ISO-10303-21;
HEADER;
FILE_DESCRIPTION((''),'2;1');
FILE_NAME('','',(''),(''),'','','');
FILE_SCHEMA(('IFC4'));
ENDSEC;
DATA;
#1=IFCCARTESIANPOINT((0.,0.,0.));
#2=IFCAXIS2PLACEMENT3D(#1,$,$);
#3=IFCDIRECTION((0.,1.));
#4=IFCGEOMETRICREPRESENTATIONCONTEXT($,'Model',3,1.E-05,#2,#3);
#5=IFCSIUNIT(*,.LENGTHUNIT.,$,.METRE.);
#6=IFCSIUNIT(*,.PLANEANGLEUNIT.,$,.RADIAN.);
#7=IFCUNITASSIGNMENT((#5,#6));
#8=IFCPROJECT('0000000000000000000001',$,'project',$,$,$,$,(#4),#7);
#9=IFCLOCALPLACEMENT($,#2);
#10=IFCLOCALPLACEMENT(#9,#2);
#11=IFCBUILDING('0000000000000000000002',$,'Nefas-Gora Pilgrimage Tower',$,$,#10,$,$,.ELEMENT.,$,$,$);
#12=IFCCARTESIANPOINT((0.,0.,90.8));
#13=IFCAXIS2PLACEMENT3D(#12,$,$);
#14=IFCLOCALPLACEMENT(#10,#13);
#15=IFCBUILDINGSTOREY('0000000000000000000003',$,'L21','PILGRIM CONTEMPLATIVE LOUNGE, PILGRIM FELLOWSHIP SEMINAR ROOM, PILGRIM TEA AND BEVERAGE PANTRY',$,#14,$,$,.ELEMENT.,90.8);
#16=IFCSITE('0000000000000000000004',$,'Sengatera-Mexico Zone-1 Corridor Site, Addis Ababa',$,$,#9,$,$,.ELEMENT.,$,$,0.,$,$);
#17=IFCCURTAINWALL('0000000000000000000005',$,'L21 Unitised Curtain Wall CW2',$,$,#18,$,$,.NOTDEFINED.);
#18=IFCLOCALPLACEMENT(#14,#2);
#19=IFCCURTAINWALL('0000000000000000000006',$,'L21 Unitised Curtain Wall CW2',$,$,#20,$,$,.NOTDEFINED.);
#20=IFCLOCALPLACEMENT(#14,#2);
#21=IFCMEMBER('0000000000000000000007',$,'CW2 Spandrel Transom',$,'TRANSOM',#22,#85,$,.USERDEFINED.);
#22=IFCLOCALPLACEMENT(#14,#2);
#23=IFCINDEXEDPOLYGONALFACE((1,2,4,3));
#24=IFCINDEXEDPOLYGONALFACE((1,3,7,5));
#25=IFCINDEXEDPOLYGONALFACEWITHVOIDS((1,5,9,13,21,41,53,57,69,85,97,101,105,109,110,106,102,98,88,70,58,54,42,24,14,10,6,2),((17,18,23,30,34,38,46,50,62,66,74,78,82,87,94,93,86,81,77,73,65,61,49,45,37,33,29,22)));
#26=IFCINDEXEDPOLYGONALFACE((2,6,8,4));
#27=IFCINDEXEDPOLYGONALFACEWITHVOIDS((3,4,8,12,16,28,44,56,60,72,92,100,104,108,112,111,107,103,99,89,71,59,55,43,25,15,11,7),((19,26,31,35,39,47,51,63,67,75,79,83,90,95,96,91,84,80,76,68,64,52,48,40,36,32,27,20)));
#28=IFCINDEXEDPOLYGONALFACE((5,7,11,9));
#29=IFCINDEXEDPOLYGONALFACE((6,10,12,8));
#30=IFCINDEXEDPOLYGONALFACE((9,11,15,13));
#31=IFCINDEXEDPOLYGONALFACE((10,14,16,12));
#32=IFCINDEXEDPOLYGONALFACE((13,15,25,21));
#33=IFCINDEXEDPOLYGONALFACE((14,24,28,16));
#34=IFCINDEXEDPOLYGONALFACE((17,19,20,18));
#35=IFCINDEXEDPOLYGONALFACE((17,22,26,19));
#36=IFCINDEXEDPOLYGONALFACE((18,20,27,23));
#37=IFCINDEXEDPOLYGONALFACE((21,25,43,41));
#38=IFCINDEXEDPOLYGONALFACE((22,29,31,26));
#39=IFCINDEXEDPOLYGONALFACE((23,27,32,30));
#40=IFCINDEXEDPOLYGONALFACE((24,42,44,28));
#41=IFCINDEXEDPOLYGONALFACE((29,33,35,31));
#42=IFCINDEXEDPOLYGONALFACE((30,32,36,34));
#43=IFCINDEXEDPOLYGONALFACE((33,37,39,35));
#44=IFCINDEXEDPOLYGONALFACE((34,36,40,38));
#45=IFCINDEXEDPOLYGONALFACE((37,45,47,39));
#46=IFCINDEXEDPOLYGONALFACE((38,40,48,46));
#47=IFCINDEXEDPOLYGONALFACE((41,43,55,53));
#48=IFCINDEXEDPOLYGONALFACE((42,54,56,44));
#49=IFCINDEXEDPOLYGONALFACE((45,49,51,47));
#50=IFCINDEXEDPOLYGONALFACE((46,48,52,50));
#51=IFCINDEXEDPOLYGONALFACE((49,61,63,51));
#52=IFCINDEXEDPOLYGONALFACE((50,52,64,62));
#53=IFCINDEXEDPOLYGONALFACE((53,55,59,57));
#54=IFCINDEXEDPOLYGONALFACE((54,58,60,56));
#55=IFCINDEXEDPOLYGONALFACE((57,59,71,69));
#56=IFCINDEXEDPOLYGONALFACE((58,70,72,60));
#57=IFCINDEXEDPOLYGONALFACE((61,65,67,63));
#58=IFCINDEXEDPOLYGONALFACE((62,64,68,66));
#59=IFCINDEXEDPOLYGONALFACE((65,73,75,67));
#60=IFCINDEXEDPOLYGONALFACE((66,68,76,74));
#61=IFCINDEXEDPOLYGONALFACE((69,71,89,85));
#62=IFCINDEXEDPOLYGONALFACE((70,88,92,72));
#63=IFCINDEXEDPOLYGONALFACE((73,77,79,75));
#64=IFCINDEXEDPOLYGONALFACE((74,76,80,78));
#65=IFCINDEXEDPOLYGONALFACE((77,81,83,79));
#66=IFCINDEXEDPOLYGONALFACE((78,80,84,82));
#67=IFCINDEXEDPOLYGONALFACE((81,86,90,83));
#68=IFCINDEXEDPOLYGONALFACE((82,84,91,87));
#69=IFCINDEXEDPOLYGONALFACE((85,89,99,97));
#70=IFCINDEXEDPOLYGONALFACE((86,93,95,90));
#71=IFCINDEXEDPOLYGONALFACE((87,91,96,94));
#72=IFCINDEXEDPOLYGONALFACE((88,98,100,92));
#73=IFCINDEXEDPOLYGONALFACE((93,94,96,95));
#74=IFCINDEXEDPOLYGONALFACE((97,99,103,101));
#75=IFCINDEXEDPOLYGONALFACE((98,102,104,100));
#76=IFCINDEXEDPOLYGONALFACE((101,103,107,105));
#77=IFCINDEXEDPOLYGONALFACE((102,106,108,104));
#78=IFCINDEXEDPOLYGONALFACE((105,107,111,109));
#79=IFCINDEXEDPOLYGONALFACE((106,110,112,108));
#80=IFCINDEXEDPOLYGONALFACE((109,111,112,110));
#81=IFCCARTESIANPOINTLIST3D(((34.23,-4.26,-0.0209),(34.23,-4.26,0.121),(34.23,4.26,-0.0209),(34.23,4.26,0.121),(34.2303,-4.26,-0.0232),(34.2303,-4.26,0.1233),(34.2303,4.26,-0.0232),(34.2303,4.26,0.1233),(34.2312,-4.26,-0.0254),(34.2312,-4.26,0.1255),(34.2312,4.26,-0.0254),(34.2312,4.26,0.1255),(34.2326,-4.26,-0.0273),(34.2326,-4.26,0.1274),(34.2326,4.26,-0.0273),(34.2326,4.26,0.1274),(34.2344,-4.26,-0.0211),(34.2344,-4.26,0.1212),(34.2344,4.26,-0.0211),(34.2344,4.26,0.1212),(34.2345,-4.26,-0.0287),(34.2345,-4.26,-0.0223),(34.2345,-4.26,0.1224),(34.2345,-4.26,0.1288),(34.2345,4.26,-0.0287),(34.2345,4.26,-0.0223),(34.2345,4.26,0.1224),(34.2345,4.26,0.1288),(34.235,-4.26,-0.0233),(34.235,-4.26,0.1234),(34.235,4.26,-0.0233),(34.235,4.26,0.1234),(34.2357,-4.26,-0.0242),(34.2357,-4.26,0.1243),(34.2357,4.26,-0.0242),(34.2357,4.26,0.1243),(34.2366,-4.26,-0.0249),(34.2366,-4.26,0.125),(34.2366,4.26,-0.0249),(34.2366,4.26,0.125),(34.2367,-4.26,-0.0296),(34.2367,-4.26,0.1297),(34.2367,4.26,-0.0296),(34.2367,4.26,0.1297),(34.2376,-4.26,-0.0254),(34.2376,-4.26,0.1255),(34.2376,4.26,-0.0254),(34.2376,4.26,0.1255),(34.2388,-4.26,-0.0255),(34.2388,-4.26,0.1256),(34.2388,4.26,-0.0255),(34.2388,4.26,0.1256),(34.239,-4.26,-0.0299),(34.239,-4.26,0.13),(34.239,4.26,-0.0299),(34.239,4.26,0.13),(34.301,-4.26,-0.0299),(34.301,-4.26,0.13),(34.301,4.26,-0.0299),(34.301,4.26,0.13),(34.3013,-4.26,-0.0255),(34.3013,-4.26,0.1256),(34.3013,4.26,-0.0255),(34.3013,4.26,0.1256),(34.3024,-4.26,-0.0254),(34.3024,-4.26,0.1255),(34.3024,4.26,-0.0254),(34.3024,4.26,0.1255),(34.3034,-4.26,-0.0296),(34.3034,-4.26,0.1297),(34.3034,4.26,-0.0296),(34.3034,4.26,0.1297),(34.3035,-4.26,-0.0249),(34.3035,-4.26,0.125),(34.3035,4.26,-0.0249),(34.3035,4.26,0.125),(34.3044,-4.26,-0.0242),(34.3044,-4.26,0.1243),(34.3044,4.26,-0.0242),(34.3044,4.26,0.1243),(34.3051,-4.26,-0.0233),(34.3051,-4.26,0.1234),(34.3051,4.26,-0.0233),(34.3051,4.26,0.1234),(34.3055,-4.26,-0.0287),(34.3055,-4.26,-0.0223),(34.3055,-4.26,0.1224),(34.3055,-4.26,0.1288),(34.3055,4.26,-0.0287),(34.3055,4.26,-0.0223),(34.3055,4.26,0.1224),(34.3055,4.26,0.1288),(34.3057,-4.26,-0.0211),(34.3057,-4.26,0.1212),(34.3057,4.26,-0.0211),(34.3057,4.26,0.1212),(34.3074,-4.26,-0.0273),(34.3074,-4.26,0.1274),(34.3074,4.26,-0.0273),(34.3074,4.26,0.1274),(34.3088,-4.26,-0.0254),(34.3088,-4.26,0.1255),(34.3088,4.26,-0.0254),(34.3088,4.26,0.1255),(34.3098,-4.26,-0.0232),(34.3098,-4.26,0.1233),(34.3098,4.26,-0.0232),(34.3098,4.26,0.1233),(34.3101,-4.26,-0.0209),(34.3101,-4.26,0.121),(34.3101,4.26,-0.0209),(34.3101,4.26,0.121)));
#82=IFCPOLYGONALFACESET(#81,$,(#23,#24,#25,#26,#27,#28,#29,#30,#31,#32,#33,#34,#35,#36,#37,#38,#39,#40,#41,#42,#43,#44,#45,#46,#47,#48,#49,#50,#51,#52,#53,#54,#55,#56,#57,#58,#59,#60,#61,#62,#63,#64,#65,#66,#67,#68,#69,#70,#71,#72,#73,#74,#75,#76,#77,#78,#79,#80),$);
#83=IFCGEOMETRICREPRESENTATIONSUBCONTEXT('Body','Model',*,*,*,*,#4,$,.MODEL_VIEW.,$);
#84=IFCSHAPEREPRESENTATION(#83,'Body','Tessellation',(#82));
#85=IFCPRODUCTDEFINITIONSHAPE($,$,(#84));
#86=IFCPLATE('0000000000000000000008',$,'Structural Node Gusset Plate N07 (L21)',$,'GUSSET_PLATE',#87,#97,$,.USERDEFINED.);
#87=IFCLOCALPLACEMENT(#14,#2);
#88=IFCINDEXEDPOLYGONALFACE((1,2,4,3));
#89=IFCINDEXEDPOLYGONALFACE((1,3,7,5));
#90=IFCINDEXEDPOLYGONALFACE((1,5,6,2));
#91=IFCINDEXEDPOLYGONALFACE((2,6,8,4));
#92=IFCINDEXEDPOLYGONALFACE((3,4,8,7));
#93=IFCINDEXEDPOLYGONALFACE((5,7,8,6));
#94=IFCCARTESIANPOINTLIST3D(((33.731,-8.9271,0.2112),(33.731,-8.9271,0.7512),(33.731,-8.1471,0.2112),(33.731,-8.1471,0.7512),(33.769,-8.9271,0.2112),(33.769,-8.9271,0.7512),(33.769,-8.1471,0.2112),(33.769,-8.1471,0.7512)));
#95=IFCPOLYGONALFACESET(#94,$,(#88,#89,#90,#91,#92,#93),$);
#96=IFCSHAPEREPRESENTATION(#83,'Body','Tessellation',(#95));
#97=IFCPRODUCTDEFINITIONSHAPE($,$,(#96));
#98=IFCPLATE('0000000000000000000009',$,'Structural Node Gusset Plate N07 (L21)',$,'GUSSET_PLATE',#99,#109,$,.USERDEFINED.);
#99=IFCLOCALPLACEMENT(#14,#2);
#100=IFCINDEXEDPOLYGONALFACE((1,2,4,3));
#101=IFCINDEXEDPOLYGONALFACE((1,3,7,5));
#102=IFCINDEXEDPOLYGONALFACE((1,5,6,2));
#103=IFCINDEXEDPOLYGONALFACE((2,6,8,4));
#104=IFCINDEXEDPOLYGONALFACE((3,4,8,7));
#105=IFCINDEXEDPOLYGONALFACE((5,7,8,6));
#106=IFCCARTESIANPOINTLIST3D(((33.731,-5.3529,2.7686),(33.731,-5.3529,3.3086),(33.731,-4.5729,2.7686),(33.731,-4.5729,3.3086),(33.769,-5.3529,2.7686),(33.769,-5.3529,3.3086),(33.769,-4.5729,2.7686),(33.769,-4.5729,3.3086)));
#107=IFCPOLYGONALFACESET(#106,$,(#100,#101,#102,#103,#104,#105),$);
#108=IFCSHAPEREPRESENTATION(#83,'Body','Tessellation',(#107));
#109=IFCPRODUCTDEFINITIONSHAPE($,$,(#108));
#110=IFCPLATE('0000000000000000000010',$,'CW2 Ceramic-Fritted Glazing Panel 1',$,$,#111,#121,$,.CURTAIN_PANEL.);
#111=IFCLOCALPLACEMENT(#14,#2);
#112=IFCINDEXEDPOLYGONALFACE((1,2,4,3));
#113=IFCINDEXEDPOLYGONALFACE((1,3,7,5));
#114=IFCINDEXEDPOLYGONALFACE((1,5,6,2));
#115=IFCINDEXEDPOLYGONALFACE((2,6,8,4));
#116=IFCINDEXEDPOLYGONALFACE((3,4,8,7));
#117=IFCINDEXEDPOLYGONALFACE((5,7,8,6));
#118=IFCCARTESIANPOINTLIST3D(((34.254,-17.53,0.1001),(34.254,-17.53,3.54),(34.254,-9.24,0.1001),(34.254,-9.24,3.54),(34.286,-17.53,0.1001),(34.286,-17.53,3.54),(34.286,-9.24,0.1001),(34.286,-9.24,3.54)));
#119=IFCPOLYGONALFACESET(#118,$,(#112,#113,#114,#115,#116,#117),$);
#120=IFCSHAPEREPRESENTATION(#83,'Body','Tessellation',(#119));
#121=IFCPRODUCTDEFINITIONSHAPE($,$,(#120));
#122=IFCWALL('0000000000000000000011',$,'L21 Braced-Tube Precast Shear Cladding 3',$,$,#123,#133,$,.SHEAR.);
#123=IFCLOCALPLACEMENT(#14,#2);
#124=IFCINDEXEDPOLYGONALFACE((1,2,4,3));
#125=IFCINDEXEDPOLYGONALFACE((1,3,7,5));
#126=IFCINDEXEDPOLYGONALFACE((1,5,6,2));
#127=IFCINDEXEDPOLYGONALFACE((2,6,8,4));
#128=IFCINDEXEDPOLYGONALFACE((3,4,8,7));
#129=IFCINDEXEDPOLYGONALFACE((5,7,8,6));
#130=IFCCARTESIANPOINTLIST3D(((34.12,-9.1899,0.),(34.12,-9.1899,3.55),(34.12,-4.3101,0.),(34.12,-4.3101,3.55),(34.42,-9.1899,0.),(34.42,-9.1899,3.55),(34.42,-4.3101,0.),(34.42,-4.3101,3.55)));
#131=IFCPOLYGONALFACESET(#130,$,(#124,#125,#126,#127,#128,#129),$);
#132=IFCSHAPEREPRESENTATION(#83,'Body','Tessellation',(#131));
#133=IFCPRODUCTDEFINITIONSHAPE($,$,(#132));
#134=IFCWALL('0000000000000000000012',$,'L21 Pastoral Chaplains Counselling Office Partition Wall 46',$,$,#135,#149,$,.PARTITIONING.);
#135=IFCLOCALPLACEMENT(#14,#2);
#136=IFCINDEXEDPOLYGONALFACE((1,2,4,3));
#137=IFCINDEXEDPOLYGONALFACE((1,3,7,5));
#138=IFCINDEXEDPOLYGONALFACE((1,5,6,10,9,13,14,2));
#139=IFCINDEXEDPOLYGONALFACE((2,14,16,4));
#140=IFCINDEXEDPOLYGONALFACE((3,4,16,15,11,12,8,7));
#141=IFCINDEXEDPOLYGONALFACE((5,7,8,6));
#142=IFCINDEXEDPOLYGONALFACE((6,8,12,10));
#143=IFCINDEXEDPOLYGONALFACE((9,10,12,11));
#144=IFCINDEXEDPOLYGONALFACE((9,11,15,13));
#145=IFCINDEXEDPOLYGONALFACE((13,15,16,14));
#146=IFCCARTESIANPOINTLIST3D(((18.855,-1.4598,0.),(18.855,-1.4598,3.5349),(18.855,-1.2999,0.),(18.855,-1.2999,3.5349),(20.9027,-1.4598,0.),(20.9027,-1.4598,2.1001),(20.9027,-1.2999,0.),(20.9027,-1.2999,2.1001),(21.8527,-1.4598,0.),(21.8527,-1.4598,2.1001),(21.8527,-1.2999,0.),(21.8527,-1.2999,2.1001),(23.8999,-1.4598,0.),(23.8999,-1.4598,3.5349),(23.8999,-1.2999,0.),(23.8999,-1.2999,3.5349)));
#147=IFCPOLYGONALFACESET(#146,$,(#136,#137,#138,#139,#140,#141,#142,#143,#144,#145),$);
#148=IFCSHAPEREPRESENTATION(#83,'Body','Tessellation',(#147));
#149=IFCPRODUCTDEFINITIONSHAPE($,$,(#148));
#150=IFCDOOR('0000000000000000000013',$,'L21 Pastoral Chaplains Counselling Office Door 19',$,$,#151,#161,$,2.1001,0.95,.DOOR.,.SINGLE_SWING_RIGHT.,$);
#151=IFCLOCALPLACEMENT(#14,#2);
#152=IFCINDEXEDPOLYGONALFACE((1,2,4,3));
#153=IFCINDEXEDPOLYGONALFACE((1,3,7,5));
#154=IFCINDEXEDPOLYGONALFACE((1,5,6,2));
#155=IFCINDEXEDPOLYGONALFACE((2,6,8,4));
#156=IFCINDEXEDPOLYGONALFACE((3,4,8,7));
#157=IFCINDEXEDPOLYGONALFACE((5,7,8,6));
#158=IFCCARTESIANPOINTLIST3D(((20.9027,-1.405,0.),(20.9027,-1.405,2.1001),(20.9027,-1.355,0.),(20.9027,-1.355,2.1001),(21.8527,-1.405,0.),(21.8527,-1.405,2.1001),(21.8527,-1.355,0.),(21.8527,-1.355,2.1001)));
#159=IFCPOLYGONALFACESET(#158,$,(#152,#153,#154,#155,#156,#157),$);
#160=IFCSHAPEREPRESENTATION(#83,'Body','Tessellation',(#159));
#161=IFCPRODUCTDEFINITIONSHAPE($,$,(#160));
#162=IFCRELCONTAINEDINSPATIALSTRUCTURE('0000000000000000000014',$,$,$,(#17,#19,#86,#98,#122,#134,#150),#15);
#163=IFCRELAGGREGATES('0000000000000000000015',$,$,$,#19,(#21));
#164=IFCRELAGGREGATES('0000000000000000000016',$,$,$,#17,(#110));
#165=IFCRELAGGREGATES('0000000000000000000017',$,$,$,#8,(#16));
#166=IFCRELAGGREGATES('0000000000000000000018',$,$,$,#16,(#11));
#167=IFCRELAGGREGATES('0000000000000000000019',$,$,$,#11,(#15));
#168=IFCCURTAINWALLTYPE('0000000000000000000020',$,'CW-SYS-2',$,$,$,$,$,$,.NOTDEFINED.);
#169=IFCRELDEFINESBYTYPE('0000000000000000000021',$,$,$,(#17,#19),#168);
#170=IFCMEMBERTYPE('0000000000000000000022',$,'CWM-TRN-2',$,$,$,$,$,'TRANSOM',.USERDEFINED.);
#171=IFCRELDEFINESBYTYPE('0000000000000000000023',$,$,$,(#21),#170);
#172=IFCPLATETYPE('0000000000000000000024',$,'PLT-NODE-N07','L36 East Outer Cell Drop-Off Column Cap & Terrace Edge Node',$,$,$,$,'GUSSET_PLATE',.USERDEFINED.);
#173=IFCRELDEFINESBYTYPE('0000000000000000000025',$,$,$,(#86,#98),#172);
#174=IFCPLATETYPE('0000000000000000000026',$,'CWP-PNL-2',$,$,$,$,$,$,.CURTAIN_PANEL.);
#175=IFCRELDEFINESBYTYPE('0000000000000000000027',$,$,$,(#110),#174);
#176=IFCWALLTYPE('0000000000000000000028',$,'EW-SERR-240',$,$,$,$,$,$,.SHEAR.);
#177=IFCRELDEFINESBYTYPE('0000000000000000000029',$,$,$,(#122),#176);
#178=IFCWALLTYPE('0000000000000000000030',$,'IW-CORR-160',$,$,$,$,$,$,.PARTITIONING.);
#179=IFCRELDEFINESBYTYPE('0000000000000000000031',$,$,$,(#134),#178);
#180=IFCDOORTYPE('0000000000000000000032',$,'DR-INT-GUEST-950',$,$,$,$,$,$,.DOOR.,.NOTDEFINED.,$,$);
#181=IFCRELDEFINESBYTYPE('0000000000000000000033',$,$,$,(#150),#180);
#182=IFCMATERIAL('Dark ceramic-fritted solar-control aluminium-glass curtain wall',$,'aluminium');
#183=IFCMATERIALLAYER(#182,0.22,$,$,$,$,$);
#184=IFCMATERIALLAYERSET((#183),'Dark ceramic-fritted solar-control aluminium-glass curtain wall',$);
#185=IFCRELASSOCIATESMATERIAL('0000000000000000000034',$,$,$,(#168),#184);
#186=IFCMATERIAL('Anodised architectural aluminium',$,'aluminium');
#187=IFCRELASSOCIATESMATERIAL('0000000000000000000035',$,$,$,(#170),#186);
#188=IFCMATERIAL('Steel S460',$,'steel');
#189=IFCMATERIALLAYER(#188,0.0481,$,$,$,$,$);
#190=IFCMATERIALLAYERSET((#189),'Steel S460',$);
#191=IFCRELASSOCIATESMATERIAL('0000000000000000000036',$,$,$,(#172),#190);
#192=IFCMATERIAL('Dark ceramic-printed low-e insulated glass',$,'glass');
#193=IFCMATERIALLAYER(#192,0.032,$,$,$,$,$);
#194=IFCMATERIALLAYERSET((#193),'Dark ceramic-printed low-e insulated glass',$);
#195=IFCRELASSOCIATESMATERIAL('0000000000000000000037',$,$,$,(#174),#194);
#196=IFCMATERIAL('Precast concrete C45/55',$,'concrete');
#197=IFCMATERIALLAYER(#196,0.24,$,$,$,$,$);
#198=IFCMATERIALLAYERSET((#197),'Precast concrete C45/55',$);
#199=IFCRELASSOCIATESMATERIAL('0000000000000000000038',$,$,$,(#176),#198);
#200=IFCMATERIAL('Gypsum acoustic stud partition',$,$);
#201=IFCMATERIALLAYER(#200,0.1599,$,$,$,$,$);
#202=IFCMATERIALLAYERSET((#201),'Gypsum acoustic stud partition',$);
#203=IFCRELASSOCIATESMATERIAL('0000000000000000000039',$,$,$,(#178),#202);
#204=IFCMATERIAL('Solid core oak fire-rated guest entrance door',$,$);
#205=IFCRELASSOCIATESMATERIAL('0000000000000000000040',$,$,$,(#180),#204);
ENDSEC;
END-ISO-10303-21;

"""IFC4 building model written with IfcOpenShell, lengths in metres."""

from ifc_helpers import new_model, si_unit, direction, frame, frame_2d, origin, origin_2d, place, context, subcontext, project, spatial, rectangle, hollow_rectangle, extrude, source, transform, mapped, material, layer, layer_set, material_profile, profile_set, type_object, element, fill, aggregate, save


model = new_model("IFC4")

# Units and contexts
model_context = context("Model", 3, precision=1e-05, world=origin(), true_north=direction((0.0, 1.0)))
body_context = subcontext(model_context, "Body", "Model", "MODEL_VIEW")
ifc_project = project(units=[si_unit("LENGTHUNIT", "METRE"), si_unit("PLANEANGLEUNIT", "RADIAN")], contexts=[model_context])

# Site, building, storey
site_placement = place(None, origin())
site = spatial("IfcSite", under=ifc_project, at=site_placement, Name="Sengatera-Mexico Zone-1 Corridor Site, Addis Ababa", CompositionType="ELEMENT", RefElevation=0.0)
building_placement = place(site_placement, origin())
building = spatial("IfcBuilding", under=site, at=building_placement, Name="Nefas-Gora Pilgrimage Tower", CompositionType="ELEMENT")
storey_placement = place(building_placement, frame((0.0, 0.0, 90.8)))
storey = spatial("IfcBuildingStorey", under=building, at=storey_placement, Name="L21", Description="PILGRIM CONTEMPLATIVE LOUNGE, PILGRIM FELLOWSHIP SEMINAR ROOM, PILGRIM TEA AND BEVERAGE PANTRY", CompositionType="ELEMENT", Elevation=90.8)

# Shared definitions
ifc_material_1 = material(Name="Steel S460", Category="steel")

# Curtain wall
ifc_material_2 = material(Name="Dark ceramic-fritted solar-control aluminium-glass curtain wall", Category="aluminium")
ifc_layer_1 = layer(ifc_material_2, 0.22)
ifc_layer_set_1 = layer_set([ifc_layer_1], Name="Dark ceramic-fritted solar-control aluminium-glass curtain wall")
curtain_wall_type = type_object("IfcCurtainWallType", Name="CW-SYS-2", PredefinedType="NOTDEFINED", material=ifc_layer_set_1)
curtain_wall_1_placement = place(storey_placement, origin())
curtain_wall_1 = element("IfcCurtainWall", 1, at=curtain_wall_1_placement, inside=storey, type_object=curtain_wall_type, Name="L21 Unitised Curtain Wall CW2", PredefinedType="NOTDEFINED")
ifc_material_3 = material(Name="Anodised architectural aluminium", Category="aluminium")

# Curtain wall, member
curtain_wall_2_placement = place(storey_placement, origin())
curtain_wall_2 = element("IfcCurtainWall", 2, at=curtain_wall_2_placement, inside=storey, type_object=curtain_wall_type, Name="L21 Unitised Curtain Wall CW2", PredefinedType="NOTDEFINED")
ifc_material_profile_1 = material_profile(ifc_material_3, hollow_rectangle(XDim=0.0801, YDim=0.1599, WallThickness=0.0044, InnerFilletRadius=0.0044, OuterFilletRadius=0.009, at=origin_2d()), Name="ALU TRANSOM 80x160")
ifc_profile_set_1 = profile_set([ifc_material_profile_1], Name="Anodised architectural aluminium")
member_type_1 = type_object("IfcMemberType", Name="CWM-TRN-2", ElementType="TRANSOM", PredefinedType="USERDEFINED", material=ifc_profile_set_1)
shared_shape_1 = source(origin(), body_context, "Body", "SweptSolid", [
    extrude(hollow_rectangle(XDim=0.0801, YDim=0.1599, WallThickness=0.0044, InnerFilletRadius=0.0044, OuterFilletRadius=0.009, at=origin_2d()), origin(), (0.0, 0.0, 1.0), 8.52),
])
member_1_placement = place(storey_placement, frame((34.27, -4.26, 0.05), z_axis=(0.0, 1.0, 0.0), x_axis=(-1.0, 0.0, 0.0)))
member_1 = element("IfcMember", 3, at=member_1_placement, type_object=member_type_1, Name="CW2 Spandrel Transom", ObjectType="TRANSOM", PredefinedType="USERDEFINED", context=body_context, shape_type="MappedRepresentation", body=[
    mapped(shared_shape_1, transform((0.0, 0.0, 0.0), x_axis=(1.0, 0.0, 0.0), y_axis=(0.0, 1.0, 0.0), z_axis=(0.0, 0.0, 1.0), scale=1.0)),
])
aggregate(curtain_wall_2, [member_1])

# Plates
ifc_layer_2 = layer(ifc_material_1, 0.0481)
ifc_layer_set_2 = layer_set([ifc_layer_2], Name="Steel S460")
plate_type_1 = type_object("IfcPlateType", Name="PLT-NODE-N07", Description="L36 East Outer Cell Drop-Off Column Cap & Terrace Edge Node", ElementType="GUSSET_PLATE", PredefinedType="USERDEFINED", material=ifc_layer_set_2)
shared_shape_2 = source(origin(), body_context, "Body", "SweptSolid", [
    extrude(rectangle(XDim=0.78, YDim=0.0381, at=origin_2d()), origin(), (0.0, 0.0, 1.0), 0.54),
])
for number, where, z_axis, x_axis, name in (
    (4, (33.75, -8.5371, 0.2112), (0.0, 0.0, 1.0), (0.0, 1.0, 0.0), "Structural Node Gusset Plate N07 (L21)"),
    (5, (33.75, -4.9629, 2.7686), (0.0, 0.0, 1.0), (0.0, 1.0, 0.0), "Structural Node Gusset Plate N07 (L21)"),
):
    element("IfcPlate", number, at=place(storey_placement, frame(where, z_axis=z_axis, x_axis=x_axis)), inside=storey, type_object=plate_type_1, Name=name, ObjectType="GUSSET_PLATE", PredefinedType="USERDEFINED", context=body_context, shape_type="MappedRepresentation", body=[
        mapped(shared_shape_2, transform((0.0, 0.0, 0.0), x_axis=(1.0, 0.0, 0.0), y_axis=(0.0, 1.0, 0.0), z_axis=(0.0, 0.0, 1.0), scale=1.0)),
    ])

# Plate
ifc_material_4 = material(Name="Dark ceramic-printed low-e insulated glass", Category="glass")
ifc_layer_3 = layer(ifc_material_4, 0.032)
ifc_layer_set_3 = layer_set([ifc_layer_3], Name="Dark ceramic-printed low-e insulated glass")
plate_type_2 = type_object("IfcPlateType", Name="CWP-PNL-2", PredefinedType="CURTAIN_PANEL", material=ifc_layer_set_3)
shared_shape_3 = source(origin(), body_context, "Body", "SweptSolid", [
    extrude(rectangle(XDim=8.29, YDim=0.032, at=origin_2d()), origin(), (0.0, 0.0, 1.0), 3.4399),
])
plate_placement = place(storey_placement, frame((34.27, -13.385, 0.1001), z_axis=(0.0, 0.0, 1.0), x_axis=(0.0, 1.0, 0.0)))
plate = element("IfcPlate", 6, at=plate_placement, type_object=plate_type_2, Name="CW2 Ceramic-Fritted Glazing Panel 1", PredefinedType="CURTAIN_PANEL", context=body_context, shape_type="MappedRepresentation", body=[
    mapped(shared_shape_3, transform((0.0, 0.0, 0.0), x_axis=(1.0, 0.0, 0.0), y_axis=(0.0, 1.0, 0.0), z_axis=(0.0, 0.0, 1.0), scale=1.0)),
])
aggregate(curtain_wall_1, [plate])

# Wall
ifc_material_5 = material(Name="Precast concrete C45/55", Category="concrete")
ifc_layer_4 = layer(ifc_material_5, 0.24)
ifc_layer_set_4 = layer_set([ifc_layer_4], Name="Precast concrete C45/55")
wall_type_1 = type_object("IfcWallType", Name="EW-SERR-240", PredefinedType="SHEAR", material=ifc_layer_set_4)
shared_shape_4 = source(origin(), body_context, "Body", "SweptSolid", [
    extrude(rectangle(XDim=4.8799, YDim=0.3, at=frame_2d((2.4399, 0.0))), origin(), (0.0, 0.0, 1.0), 3.55),
])
wall_1_placement = place(storey_placement, frame((34.27, -9.1899, 0.0), z_axis=(0.0, 0.0, 1.0), x_axis=(0.0, 1.0, 0.0)))
element("IfcWall", 7, at=wall_1_placement, inside=storey, type_object=wall_type_1, Name="L21 Braced-Tube Precast Shear Cladding 3", PredefinedType="SHEAR", context=body_context, shape_type="MappedRepresentation", body=[
    mapped(shared_shape_4, transform((0.0, 0.0, 0.0), x_axis=(1.0, 0.0, 0.0), y_axis=(0.0, 1.0, 0.0), z_axis=(0.0, 0.0, 1.0), scale=1.0)),
])

# Wall, opening, door
ifc_material_6 = material(Name="Gypsum acoustic stud partition")
ifc_layer_5 = layer(ifc_material_6, 0.1599)
ifc_layer_set_5 = layer_set([ifc_layer_5], Name="Gypsum acoustic stud partition")
wall_type_2 = type_object("IfcWallType", Name="IW-CORR-160", PredefinedType="PARTITIONING", material=ifc_layer_set_5)
shared_shape_5 = source(origin(), body_context, "Body", "SweptSolid", [
    extrude(rectangle(XDim=5.0449, YDim=0.1599, at=frame_2d((2.5225, 0.0))), origin(), (0.0, 0.0, 1.0), 3.5349),
])
wall_2_placement = place(storey_placement, frame((18.855, -1.3799, 0.0), z_axis=(0.0, 0.0, 1.0), x_axis=(1.0, 0.0, 0.0)))
wall_2 = element("IfcWall", 8, at=wall_2_placement, inside=storey, type_object=wall_type_2, Name="L21 Pastoral Chaplains Counselling Office Partition Wall 46", PredefinedType="PARTITIONING", context=body_context, shape_type="MappedRepresentation", body=[
    mapped(shared_shape_5, transform((0.0, 0.0, 0.0), x_axis=(1.0, 0.0, 0.0), y_axis=(0.0, 1.0, 0.0), z_axis=(0.0, 0.0, 1.0), scale=1.0)),
])
opening_1_placement = place(wall_2_placement, frame((2.0476, 0.0, 0.0)))
opening_1 = element("IfcOpeningElement", 9, at=opening_1_placement, cuts=wall_2, PredefinedType="OPENING", context=body_context, shape_type="SweptSolid", body=[
    extrude(rectangle(XDim=0.95, YDim=2.1001, at=frame_2d((0.4751, 1.05))), frame((0.0, 0.0898, 0.0), z_axis=(0.0, -1.0, 0.0), x_axis=(1.0, 0.0, 0.0)), (0.0, 0.0, 1.0), 0.1799),
])
ifc_material_7 = material(Name="Solid core oak fire-rated guest entrance door")
door_type = type_object("IfcDoorType", Name="DR-INT-GUEST-950", OperationType="NOTDEFINED", PredefinedType="DOOR", material=ifc_material_7)
shared_shape_6 = source(origin(), body_context, "Body", "SweptSolid", [
    extrude(rectangle(XDim=0.95, YDim=2.1001, at=frame_2d((0.4751, 1.05))), frame((0.0, 0.0249, 0.0), z_axis=(0.0, -1.0, 0.0), x_axis=(1.0, 0.0, 0.0)), (0.0, 0.0, 1.0), 0.05),
])
door_1_placement = place(opening_1_placement, origin())
door_1 = element("IfcDoor", 10, at=door_1_placement, inside=storey, type_object=door_type, Name="L21 Pastoral Chaplains Counselling Office Door 19", OperationType="SINGLE_SWING_RIGHT", OverallHeight=2.1001, OverallWidth=0.95, PredefinedType="DOOR", context=body_context, shape_type="MappedRepresentation", body=[
    mapped(shared_shape_6, transform((0.0, 0.0, 0.0), x_axis=(1.0, 0.0, 0.0), y_axis=(0.0, 1.0, 0.0), z_axis=(0.0, 0.0, 1.0), scale=1.0)),
])
fill(opening_1, door_1)

save(model, "model.ifc")
